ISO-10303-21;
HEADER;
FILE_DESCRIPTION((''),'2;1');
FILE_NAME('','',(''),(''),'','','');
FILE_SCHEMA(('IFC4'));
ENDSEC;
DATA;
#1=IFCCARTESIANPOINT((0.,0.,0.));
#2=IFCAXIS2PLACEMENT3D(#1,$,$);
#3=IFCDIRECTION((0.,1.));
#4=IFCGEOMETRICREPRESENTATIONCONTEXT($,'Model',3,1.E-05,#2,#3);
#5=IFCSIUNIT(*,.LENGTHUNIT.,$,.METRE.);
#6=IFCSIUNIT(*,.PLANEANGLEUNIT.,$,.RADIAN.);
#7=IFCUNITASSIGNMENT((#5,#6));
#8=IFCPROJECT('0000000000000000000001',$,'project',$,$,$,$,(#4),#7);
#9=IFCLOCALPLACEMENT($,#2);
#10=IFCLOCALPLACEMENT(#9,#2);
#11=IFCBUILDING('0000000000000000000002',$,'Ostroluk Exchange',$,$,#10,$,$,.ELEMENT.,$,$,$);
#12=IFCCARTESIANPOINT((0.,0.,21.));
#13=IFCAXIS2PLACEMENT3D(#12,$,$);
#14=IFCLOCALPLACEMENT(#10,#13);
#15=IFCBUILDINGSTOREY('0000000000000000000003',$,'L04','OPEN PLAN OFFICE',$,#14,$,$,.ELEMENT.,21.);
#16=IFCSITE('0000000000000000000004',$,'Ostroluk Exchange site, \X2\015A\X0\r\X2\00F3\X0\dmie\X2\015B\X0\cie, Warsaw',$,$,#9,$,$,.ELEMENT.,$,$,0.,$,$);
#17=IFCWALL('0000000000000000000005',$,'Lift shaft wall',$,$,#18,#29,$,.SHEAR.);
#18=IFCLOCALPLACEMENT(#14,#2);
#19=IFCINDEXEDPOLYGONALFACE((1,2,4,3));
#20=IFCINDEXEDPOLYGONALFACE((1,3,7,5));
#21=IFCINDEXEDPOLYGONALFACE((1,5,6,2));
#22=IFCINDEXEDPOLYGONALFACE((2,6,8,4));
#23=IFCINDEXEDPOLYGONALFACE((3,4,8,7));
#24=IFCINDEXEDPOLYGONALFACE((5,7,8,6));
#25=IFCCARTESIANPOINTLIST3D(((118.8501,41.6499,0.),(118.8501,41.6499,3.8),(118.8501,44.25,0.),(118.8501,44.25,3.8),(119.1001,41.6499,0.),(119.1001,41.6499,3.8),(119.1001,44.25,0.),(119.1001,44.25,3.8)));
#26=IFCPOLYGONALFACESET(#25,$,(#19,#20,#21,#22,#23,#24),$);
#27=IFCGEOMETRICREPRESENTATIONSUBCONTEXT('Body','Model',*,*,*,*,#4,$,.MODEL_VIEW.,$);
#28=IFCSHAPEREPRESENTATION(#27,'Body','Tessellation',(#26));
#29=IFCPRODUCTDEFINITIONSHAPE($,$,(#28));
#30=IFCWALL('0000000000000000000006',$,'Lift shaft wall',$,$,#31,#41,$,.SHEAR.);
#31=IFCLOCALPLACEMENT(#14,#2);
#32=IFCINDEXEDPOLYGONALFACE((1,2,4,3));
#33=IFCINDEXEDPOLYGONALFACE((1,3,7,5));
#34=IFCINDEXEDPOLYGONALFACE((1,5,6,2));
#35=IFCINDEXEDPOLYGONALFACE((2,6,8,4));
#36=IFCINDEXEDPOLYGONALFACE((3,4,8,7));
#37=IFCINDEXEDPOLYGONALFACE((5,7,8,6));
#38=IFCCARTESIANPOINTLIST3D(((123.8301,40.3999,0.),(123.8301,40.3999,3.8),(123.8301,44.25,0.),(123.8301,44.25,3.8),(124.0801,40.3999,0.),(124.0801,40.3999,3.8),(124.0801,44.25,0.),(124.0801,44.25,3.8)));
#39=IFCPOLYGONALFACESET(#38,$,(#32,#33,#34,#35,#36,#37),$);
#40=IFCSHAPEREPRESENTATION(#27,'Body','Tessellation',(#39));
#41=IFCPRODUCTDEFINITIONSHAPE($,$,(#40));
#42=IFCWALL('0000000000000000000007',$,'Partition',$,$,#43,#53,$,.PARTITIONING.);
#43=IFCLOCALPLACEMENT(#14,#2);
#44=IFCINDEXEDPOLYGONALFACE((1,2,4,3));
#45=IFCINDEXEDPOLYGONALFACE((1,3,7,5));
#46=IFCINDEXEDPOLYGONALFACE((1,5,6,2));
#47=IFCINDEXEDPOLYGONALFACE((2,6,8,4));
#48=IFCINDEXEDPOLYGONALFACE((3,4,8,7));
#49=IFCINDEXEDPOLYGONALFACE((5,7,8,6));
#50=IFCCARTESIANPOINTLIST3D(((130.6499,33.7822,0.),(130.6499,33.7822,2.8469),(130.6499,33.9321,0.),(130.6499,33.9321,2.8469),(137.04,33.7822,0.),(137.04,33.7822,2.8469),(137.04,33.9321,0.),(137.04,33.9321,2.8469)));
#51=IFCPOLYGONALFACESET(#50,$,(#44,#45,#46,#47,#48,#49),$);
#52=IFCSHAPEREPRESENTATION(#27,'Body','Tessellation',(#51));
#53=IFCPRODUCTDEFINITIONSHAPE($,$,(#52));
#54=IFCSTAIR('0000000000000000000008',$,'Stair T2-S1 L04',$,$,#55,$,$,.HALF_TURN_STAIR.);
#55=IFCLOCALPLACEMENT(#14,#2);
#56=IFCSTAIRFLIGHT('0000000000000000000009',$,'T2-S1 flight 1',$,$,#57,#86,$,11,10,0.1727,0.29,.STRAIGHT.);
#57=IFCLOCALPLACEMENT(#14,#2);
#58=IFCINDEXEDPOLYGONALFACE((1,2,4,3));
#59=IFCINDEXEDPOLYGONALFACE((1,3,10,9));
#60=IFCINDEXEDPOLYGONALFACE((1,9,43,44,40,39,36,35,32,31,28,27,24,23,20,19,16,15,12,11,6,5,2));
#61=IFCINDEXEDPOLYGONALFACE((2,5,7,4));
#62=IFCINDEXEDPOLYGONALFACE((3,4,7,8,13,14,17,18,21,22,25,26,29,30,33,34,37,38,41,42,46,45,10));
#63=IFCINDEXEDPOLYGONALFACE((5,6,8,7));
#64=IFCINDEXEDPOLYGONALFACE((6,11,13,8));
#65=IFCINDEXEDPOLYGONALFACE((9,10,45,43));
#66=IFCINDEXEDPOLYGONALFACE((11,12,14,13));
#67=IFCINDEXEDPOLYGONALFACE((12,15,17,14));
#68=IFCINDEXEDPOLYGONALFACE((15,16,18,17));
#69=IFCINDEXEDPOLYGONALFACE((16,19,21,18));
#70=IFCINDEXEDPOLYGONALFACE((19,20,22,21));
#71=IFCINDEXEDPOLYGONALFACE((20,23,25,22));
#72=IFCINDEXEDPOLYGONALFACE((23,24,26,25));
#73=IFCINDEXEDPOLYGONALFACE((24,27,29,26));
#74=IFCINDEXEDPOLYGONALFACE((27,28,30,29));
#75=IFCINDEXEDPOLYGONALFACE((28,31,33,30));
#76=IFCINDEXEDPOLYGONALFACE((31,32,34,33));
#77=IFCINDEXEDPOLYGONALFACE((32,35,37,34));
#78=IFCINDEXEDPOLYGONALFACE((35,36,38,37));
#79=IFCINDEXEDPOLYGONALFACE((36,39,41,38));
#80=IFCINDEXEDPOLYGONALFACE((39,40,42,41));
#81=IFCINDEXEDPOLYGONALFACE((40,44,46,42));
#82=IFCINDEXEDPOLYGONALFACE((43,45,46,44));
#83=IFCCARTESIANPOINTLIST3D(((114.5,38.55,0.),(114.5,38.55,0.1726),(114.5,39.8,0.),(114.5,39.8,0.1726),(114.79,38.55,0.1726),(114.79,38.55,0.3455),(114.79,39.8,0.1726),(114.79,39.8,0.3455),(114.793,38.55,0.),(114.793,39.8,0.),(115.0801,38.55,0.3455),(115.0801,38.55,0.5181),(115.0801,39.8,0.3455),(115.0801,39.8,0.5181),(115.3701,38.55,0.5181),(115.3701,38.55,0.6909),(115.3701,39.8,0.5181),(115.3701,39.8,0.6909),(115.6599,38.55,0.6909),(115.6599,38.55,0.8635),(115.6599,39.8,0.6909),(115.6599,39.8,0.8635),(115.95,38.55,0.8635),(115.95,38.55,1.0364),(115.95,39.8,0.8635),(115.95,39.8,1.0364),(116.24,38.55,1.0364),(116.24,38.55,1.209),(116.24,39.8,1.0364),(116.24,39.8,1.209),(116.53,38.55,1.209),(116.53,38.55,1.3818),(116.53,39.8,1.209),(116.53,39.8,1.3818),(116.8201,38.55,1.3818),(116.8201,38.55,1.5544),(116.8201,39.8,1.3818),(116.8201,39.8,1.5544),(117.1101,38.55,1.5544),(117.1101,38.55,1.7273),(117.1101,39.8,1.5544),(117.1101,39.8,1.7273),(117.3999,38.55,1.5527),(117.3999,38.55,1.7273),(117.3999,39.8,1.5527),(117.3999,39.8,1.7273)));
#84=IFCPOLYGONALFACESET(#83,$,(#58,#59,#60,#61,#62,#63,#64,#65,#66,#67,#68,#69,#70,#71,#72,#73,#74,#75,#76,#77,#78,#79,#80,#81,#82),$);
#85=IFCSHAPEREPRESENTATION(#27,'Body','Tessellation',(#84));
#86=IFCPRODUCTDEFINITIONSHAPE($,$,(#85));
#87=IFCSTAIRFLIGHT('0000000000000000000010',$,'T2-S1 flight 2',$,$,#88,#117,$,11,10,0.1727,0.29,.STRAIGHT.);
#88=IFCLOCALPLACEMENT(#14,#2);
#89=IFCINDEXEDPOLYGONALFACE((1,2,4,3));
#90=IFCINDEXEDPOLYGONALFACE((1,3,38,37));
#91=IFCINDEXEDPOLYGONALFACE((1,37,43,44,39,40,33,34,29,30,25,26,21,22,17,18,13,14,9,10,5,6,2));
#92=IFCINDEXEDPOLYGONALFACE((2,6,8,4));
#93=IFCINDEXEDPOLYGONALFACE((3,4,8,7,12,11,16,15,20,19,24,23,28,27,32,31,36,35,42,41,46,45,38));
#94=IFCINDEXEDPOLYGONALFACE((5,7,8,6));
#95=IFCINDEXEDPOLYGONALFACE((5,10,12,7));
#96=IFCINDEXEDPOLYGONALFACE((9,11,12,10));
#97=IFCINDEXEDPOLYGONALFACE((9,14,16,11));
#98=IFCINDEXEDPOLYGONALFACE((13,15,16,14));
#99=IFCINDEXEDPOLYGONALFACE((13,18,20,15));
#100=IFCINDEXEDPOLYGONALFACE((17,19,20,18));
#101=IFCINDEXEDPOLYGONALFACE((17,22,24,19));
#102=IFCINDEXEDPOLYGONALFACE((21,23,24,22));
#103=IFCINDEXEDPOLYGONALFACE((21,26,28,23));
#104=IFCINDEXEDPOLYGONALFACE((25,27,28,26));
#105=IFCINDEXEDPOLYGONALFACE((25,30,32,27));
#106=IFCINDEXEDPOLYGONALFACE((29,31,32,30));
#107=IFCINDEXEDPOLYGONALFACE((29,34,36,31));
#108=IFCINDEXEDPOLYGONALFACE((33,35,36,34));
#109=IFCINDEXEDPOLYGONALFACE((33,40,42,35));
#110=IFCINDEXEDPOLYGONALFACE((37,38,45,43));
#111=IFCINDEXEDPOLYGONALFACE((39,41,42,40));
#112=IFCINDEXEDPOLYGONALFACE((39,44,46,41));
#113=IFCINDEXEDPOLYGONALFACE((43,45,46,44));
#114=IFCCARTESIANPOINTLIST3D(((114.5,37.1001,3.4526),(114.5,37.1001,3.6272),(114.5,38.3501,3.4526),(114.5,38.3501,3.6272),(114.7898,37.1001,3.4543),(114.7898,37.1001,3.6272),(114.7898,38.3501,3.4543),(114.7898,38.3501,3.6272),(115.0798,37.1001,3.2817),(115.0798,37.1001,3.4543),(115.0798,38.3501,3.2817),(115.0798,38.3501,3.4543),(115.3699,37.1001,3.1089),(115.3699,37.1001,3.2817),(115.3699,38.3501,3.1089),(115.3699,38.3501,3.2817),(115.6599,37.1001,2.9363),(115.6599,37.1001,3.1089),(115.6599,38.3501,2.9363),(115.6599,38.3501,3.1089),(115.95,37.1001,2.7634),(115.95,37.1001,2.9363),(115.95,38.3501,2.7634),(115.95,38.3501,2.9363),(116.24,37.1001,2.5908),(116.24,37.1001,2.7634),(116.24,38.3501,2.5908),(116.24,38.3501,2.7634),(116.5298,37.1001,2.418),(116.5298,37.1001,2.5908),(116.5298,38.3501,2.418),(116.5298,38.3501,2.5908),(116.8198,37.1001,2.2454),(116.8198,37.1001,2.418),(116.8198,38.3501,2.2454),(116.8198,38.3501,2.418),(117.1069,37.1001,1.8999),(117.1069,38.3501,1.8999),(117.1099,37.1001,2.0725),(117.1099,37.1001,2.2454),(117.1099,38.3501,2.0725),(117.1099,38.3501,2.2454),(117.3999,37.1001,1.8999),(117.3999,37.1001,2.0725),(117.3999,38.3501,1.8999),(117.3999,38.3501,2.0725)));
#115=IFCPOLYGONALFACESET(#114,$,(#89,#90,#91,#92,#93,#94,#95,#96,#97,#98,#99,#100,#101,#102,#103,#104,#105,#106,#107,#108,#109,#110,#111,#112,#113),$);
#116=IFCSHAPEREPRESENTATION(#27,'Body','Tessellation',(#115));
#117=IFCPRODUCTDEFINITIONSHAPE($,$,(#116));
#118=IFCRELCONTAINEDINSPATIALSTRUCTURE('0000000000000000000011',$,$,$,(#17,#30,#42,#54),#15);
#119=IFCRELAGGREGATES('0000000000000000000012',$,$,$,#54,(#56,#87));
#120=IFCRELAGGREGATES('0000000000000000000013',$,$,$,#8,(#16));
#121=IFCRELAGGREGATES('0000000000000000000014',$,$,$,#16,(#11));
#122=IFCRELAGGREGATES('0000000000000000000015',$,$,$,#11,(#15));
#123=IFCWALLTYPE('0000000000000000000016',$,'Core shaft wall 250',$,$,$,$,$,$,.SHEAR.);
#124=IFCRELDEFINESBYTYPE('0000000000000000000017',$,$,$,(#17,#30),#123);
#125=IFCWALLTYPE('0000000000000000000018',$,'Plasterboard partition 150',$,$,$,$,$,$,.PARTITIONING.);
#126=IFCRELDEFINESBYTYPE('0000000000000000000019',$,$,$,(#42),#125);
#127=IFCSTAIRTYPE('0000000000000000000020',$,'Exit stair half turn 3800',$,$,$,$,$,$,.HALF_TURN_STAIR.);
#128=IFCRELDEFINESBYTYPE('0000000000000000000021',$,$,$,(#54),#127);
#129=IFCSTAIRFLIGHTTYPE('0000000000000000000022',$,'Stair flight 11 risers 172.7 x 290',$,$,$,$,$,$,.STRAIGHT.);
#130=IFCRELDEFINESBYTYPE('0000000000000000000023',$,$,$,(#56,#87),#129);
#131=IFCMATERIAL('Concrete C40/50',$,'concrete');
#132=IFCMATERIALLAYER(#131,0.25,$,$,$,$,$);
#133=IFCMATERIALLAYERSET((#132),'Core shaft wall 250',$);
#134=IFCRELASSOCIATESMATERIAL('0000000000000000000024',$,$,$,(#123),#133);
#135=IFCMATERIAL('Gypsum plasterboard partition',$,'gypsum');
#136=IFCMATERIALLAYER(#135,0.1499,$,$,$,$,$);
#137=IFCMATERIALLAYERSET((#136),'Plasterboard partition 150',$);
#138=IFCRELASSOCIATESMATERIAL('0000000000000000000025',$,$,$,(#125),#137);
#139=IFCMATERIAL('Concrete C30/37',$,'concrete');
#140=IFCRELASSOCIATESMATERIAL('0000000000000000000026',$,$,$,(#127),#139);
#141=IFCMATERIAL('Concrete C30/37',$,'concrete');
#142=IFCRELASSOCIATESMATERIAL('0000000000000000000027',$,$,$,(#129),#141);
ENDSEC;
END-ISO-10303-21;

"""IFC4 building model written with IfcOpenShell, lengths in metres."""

from ifc_helpers import new_model, si_unit, direction, frame, frame_2d, origin, place, context, subcontext, project, spatial, polyline, rectangle, outline, extrude, material, layer, layer_set, type_object, element, aggregate, save


model = new_model("IFC4")

# Units and contexts
model_context = context("Model", 3, precision=1e-05, world=origin(), true_north=direction((0.0, 1.0)))
body_context = subcontext(model_context, "Body", "Model", "MODEL_VIEW")
ifc_project = project(units=[si_unit("LENGTHUNIT", "METRE"), si_unit("PLANEANGLEUNIT", "RADIAN")], contexts=[model_context])

# Site, building, storey
site_placement = place(None, origin())
site = spatial("IfcSite", under=ifc_project, at=site_placement, Name="Ostroluk Exchange site, Śródmieście, Warsaw", CompositionType="ELEMENT", RefElevation=0.0)
building_placement = place(site_placement, origin())
building = spatial("IfcBuilding", under=site, at=building_placement, Name="Ostroluk Exchange", CompositionType="ELEMENT")
storey_placement = place(building_placement, frame((0.0, 0.0, 21.0)))
storey = spatial("IfcBuildingStorey", under=building, at=storey_placement, Name="L04", Description="OPEN PLAN OFFICE", CompositionType="ELEMENT", Elevation=21.0)

# Shared definitions
ifc_material_1 = material(Name="Concrete C40/50", Category="concrete")
ifc_layer_1 = layer(ifc_material_1, 0.25)
ifc_layer_set_1 = layer_set([ifc_layer_1], Name="Core shaft wall 250")
wall_type_1 = type_object("IfcWallType", Name="Core shaft wall 250", PredefinedType="SHEAR", material=ifc_layer_set_1)

# Walls
for number, where, z_axis, x_axis, name in (
    (1, (118.9751, 44.25, 0.0), (0.0, 0.0, 1.0), (0.0, -1.0, 0.0), "Lift shaft wall"),
):
    element("IfcWall", number, at=place(storey_placement, frame(where, z_axis=z_axis, x_axis=x_axis)), inside=storey, type_object=wall_type_1, Name=name, PredefinedType="SHEAR", context=body_context, shape_type="SweptSolid", body=[
        extrude(rectangle(XDim=2.6001, YDim=0.25, at=frame_2d((1.3, 0.0))), origin(), (0.0, 0.0, 1.0), 3.8),
    ])
wall_1_placement = place(storey_placement, frame((123.9551, 44.25, 0.0), z_axis=(0.0, 0.0, 1.0), x_axis=(0.0, -1.0, 0.0)))
element("IfcWall", 2, at=wall_1_placement, inside=storey, type_object=wall_type_1, Name="Lift shaft wall", PredefinedType="SHEAR", context=body_context, shape_type="SweptSolid", body=[
    extrude(rectangle(XDim=3.8501, YDim=0.25, at=frame_2d((1.925, 0.0))), origin(), (0.0, 0.0, 1.0), 3.8),
])

# Wall
ifc_material_2 = material(Name="Gypsum plasterboard partition", Category="gypsum")
ifc_layer_2 = layer(ifc_material_2, 0.1499)
ifc_layer_set_2 = layer_set([ifc_layer_2], Name="Plasterboard partition 150")
wall_type_2 = type_object("IfcWallType", Name="Plasterboard partition 150", PredefinedType="PARTITIONING", material=ifc_layer_set_2)
wall_2_placement = place(storey_placement, frame((130.6499, 33.8572, 0.0), z_axis=(0.0, 0.0, 1.0), x_axis=(1.0, 0.0, 0.0)))
element("IfcWall", 3, at=wall_2_placement, inside=storey, type_object=wall_type_2, Name="Partition", PredefinedType="PARTITIONING", context=body_context, shape_type="SweptSolid", body=[
    extrude(rectangle(XDim=6.3901, YDim=0.1499, at=frame_2d((3.1951, 0.0))), origin(), (0.0, 0.0, 1.0), 2.8469),
])

# Stair, stair flights
ifc_material_3 = material(Name="Concrete C30/37", Category="concrete")
stair_type = type_object("IfcStairType", Name="Exit stair half turn 3800", PredefinedType="HALF_TURN_STAIR", material=ifc_material_3)
stair_placement = place(storey_placement, origin())
stair = element("IfcStair", 4, at=stair_placement, inside=storey, type_object=stair_type, Name="Stair T2-S1 L04", PredefinedType="HALF_TURN_STAIR")
ifc_material_4 = material(Name="Concrete C30/37", Category="concrete")
stair_flight_type = type_object("IfcStairFlightType", Name="Stair flight 11 risers 172.7 x 290", PredefinedType="STRAIGHT", material=ifc_material_4)
stair_flight_1_placement = place(storey_placement, frame((114.5, 39.175, 0.0), z_axis=(0.0, 0.0, 1.0), x_axis=(1.0, 0.0, 0.0)))
stair_flight_1 = element("IfcStairFlight", 5, at=stair_flight_1_placement, type_object=stair_flight_type, Name="T2-S1 flight 1", NumberOfRisers=11, NumberOfTreads=10, PredefinedType="STRAIGHT", RiserHeight=0.1727, TreadLength=0.29, context=body_context, shape_type="SweptSolid", body=[
    extrude(outline(polyline([(0.0, 0.0), (0.0, 0.1726), (0.29, 0.1726), (0.29, 0.3455), (0.5801, 0.3455), (0.5801, 0.5181), (0.8701, 0.5181), (0.8701, 0.6909), (1.1599, 0.6909), (1.1599, 0.8635), (1.45, 0.8635), (1.45, 1.0364), (1.74, 1.0364), (1.74, 1.209), (2.03, 1.209), (2.03, 1.3818), (2.3201, 1.3818), (2.3201, 1.5544), (2.6101, 1.5544), (2.6101, 1.7273), (2.8999, 1.7273), (2.8999, 1.8999), (2.8999, 1.5527), (0.293, 0.0), (0.0, 0.0)])), frame((0.0, 0.625, 0.0), z_axis=(0.0, -1.0, 0.0), x_axis=(1.0, 0.0, 0.0)), (0.0, 0.0, 1.0), 1.25),
])
stair_flight_2_placement = place(storey_placement, frame((117.3999, 37.7251, 1.8999), z_axis=(0.0, 0.0, 1.0), x_axis=(-1.0, 0.0, 0.0)))
stair_flight_2 = element("IfcStairFlight", 6, at=stair_flight_2_placement, type_object=stair_flight_type, Name="T2-S1 flight 2", NumberOfRisers=11, NumberOfTreads=10, PredefinedType="STRAIGHT", RiserHeight=0.1727, TreadLength=0.29, context=body_context, shape_type="SweptSolid", body=[
    extrude(outline(polyline([(0.0, 0.0), (0.0, 0.1726), (0.29, 0.1726), (0.29, 0.3455), (0.5801, 0.3455), (0.5801, 0.5181), (0.8701, 0.5181), (0.8701, 0.6909), (1.1599, 0.6909), (1.1599, 0.8635), (1.45, 0.8635), (1.45, 1.0364), (1.74, 1.0364), (1.74, 1.209), (2.03, 1.209), (2.03, 1.3818), (2.3201, 1.3818), (2.3201, 1.5544), (2.6101, 1.5544), (2.6101, 1.7273), (2.8999, 1.7273), (2.8999, 1.8999), (2.8999, 1.5527), (0.293, 0.0), (0.0, 0.0)])), frame((0.0, 0.625, 0.0), z_axis=(0.0, -1.0, 0.0), x_axis=(1.0, 0.0, 0.0)), (0.0, 0.0, 1.0), 1.25),
])
aggregate(stair, [stair_flight_1, stair_flight_2])

save(model, "model.ifc")
